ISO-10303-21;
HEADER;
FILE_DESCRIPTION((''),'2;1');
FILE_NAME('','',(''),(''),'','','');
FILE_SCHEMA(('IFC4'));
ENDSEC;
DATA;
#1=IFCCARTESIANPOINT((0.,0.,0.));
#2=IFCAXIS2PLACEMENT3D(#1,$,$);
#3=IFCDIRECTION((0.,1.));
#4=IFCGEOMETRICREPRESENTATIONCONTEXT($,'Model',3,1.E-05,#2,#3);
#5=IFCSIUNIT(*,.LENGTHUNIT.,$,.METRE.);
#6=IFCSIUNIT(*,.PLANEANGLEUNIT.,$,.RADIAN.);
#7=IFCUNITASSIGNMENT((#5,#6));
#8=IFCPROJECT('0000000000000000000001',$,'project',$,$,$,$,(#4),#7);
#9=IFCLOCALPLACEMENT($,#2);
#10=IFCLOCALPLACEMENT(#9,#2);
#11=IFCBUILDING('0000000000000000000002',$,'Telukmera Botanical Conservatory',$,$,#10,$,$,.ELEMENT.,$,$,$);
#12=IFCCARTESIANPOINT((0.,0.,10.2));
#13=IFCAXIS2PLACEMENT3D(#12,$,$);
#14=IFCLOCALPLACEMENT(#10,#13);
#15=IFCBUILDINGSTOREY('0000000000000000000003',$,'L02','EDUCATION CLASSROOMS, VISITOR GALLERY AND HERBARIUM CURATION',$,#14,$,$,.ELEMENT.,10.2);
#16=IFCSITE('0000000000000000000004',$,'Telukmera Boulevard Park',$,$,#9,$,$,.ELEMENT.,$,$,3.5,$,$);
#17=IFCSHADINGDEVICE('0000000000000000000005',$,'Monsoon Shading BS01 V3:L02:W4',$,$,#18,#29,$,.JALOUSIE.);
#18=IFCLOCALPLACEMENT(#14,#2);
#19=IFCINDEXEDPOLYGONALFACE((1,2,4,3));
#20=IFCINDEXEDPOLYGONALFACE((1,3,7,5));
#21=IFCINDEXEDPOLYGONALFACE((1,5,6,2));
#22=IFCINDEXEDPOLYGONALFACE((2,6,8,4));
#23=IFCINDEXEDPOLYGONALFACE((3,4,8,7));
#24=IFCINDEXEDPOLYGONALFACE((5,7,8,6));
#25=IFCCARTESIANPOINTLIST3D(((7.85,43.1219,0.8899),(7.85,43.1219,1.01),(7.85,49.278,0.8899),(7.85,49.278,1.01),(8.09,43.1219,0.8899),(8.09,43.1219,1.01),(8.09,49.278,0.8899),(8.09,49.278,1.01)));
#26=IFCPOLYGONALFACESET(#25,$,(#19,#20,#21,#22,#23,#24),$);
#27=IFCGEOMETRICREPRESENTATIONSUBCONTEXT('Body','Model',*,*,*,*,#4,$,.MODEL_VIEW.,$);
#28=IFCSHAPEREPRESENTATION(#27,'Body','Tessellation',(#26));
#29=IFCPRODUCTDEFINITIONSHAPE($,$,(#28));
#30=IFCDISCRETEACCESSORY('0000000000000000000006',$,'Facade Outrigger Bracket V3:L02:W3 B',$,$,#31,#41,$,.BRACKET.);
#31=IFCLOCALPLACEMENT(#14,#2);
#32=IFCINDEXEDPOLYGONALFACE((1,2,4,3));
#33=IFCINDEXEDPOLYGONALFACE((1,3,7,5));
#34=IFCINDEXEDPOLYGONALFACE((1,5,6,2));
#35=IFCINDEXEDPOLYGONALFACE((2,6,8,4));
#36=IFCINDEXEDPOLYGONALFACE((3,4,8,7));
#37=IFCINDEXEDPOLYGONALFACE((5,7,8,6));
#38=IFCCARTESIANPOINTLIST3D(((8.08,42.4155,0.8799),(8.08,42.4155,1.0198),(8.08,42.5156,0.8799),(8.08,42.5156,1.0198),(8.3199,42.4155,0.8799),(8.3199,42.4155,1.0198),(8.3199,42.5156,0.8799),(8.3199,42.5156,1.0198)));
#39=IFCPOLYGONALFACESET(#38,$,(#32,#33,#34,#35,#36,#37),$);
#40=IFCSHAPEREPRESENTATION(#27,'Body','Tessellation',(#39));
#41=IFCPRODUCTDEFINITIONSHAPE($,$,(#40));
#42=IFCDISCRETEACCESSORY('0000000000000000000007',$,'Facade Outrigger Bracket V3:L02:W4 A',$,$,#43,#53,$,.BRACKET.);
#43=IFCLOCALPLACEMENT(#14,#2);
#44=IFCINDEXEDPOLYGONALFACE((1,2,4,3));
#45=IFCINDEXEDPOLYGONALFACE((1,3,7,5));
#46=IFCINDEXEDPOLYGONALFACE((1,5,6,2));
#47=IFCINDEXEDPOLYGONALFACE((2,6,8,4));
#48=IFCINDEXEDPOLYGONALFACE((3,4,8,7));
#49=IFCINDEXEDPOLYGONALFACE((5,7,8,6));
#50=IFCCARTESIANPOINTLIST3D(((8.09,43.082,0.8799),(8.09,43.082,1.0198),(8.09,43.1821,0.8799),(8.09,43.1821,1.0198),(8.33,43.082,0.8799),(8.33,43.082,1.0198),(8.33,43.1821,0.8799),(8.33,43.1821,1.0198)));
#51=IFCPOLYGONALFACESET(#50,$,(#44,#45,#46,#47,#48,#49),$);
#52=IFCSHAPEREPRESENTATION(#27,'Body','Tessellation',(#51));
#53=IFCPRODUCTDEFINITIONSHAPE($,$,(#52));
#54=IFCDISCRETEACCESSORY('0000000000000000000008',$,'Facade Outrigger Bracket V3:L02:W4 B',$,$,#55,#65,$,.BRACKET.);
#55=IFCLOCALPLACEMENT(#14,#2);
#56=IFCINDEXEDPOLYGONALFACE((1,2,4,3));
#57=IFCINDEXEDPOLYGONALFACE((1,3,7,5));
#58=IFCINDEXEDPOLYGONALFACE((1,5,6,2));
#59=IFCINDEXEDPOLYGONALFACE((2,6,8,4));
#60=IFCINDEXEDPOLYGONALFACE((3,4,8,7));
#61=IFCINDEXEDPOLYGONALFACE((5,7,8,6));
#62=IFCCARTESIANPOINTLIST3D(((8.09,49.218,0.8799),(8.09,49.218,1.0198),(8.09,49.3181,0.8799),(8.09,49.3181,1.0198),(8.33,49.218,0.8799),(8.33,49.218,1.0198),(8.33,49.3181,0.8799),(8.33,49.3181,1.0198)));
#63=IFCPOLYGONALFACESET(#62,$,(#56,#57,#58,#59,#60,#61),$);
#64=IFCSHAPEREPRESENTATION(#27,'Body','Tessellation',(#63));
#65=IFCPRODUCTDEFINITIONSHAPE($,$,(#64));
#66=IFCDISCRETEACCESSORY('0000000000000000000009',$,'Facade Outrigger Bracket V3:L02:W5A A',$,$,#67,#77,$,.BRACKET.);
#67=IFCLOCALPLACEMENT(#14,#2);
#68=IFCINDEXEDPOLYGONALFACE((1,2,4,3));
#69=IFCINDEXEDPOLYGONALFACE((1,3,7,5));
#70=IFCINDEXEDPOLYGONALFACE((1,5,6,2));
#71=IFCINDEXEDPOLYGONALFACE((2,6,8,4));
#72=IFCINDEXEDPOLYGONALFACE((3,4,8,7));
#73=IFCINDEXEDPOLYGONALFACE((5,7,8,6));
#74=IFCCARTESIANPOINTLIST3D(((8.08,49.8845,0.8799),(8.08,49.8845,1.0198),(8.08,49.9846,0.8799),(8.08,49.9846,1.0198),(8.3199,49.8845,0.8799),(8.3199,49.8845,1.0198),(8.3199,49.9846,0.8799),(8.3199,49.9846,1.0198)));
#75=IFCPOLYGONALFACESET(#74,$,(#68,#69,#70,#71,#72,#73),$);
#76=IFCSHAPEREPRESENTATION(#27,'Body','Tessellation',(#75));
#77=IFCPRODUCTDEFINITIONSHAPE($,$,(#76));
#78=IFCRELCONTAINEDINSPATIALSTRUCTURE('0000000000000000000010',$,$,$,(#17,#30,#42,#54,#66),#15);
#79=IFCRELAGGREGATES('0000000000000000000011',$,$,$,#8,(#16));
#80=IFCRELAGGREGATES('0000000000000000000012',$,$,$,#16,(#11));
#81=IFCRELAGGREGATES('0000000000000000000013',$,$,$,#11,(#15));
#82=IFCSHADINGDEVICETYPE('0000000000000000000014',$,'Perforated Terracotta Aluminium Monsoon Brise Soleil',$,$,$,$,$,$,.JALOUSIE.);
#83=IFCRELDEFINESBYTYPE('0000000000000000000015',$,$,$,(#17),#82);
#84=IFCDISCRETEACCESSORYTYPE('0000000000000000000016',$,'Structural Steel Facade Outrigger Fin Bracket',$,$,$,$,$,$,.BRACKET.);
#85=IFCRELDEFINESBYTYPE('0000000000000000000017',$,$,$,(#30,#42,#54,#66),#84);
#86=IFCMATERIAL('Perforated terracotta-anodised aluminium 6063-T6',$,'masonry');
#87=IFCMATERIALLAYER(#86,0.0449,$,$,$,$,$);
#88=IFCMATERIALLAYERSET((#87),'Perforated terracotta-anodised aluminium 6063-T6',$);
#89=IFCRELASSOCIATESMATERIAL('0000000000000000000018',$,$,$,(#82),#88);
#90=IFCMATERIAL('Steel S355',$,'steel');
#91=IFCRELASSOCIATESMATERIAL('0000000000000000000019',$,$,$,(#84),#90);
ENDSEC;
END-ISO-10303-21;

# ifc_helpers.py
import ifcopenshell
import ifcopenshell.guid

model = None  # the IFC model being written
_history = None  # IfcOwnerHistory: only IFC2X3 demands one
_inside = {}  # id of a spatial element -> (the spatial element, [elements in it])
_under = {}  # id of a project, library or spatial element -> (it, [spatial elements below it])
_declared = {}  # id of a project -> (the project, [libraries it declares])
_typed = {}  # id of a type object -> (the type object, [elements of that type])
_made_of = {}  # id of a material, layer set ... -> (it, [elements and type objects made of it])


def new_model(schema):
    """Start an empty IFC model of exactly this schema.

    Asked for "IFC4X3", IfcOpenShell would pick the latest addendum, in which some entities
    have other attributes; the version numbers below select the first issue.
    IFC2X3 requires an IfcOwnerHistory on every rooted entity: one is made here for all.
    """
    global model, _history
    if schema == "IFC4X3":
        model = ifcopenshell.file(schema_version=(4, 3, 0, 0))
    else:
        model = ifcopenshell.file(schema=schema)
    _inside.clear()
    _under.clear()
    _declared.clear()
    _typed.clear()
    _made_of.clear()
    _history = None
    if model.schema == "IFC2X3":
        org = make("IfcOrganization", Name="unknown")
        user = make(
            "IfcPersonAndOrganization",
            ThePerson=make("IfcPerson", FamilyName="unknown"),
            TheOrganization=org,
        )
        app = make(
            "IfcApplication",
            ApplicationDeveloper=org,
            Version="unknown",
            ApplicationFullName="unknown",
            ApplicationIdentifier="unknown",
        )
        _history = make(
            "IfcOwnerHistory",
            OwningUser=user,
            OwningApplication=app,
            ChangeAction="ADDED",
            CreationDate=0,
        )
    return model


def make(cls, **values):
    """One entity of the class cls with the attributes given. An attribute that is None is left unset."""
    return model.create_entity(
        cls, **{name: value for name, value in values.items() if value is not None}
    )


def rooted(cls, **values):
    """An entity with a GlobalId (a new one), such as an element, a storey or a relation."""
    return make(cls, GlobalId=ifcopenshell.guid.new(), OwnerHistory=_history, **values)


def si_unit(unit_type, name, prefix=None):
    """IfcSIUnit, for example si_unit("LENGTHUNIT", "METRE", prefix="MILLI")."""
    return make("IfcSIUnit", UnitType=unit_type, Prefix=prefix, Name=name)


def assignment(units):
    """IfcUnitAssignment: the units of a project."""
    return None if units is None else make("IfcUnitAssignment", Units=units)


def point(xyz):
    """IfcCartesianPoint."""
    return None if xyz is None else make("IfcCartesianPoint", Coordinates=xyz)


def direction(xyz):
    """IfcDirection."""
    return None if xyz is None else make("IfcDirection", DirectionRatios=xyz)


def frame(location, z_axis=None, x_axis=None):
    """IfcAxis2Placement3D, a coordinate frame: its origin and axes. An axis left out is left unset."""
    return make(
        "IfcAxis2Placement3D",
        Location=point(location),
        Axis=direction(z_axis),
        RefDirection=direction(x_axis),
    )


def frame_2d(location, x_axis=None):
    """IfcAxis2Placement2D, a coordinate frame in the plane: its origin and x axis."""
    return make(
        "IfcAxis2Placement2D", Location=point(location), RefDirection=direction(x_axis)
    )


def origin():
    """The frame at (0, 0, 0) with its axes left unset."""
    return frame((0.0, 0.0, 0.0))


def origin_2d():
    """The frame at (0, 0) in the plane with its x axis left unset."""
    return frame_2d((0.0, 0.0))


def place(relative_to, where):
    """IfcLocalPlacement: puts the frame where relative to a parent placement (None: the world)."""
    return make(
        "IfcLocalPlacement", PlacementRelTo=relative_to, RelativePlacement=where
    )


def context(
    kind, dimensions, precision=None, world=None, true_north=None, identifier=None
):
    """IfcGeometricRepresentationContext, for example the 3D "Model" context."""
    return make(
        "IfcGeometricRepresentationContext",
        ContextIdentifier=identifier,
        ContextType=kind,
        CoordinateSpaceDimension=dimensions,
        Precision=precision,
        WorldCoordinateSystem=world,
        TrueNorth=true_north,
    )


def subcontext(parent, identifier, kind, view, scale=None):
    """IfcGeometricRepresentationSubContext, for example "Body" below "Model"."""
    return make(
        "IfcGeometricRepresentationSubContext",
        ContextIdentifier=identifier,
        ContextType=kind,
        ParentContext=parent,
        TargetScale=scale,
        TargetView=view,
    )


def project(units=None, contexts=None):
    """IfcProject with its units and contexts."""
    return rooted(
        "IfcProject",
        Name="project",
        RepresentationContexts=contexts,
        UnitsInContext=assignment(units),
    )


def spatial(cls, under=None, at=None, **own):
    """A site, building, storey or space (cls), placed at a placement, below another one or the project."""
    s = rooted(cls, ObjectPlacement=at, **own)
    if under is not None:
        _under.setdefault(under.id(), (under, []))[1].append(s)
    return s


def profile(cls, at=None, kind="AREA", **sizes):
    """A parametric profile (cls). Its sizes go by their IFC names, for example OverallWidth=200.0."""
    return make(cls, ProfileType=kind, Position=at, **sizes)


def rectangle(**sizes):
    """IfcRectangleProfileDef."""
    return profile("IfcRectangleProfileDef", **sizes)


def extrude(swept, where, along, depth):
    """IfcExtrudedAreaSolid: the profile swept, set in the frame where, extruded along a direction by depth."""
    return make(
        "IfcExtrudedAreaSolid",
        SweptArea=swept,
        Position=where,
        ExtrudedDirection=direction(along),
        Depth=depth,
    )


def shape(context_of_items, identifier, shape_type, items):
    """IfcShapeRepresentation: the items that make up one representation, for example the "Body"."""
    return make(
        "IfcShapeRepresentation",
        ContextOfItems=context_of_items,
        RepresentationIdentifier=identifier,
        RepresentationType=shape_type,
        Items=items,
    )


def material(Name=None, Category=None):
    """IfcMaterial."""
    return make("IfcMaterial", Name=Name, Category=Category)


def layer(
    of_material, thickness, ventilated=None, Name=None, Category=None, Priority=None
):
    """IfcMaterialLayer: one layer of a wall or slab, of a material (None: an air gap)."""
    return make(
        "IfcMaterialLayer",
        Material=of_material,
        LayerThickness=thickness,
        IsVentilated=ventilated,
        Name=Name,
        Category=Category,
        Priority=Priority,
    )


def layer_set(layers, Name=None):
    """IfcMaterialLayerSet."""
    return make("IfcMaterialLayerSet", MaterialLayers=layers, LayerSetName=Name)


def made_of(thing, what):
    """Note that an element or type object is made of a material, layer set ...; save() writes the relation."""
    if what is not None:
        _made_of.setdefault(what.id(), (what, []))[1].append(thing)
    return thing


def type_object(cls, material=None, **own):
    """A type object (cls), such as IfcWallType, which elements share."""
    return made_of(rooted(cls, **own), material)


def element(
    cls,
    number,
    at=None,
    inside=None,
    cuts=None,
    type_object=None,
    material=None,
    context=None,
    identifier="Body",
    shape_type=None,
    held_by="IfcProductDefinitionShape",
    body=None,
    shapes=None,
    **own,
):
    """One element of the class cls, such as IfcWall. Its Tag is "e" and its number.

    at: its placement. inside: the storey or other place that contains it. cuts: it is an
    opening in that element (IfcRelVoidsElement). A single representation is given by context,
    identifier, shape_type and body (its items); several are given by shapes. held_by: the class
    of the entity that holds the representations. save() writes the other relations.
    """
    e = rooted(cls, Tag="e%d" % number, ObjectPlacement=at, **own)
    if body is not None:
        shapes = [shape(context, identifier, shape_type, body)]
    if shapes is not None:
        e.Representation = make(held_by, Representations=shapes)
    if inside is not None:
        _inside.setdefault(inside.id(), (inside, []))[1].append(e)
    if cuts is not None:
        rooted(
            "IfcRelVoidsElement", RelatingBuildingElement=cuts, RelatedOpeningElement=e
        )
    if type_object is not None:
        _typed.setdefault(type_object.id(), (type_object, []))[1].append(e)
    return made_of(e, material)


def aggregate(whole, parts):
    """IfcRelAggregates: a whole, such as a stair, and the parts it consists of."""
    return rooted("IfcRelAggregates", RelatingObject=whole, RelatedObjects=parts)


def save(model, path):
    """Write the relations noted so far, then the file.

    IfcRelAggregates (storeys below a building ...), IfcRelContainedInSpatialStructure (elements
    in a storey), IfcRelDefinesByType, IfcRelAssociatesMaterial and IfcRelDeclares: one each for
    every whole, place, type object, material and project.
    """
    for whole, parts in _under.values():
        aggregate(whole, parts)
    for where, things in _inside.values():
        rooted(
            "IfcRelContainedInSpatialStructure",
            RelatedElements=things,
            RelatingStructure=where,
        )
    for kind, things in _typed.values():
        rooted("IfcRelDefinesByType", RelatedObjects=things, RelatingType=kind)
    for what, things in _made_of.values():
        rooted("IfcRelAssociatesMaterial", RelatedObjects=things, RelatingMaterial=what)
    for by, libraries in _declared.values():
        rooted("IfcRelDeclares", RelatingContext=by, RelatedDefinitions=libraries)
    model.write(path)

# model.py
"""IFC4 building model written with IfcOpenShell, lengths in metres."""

from ifc_helpers import new_model, si_unit, direction, frame, origin, origin_2d, place, context, subcontext, project, spatial, rectangle, extrude, material, layer, layer_set, type_object, element, save


model = new_model("IFC4")

# Units and contexts
model_context = context("Model", 3, precision=1e-05, world=origin(), true_north=direction((0.0, 1.0)))
body_context = subcontext(model_context, "Body", "Model", "MODEL_VIEW")
ifc_project = project(units=[si_unit("LENGTHUNIT", "METRE"), si_unit("PLANEANGLEUNIT", "RADIAN")], contexts=[model_context])

# Site, building, storey
site_placement = place(None, origin())
site = spatial("IfcSite", under=ifc_project, at=site_placement, Name="Telukmera Boulevard Park", CompositionType="ELEMENT", RefElevation=3.5)
building_placement = place(site_placement, origin())
building = spatial("IfcBuilding", under=site, at=building_placement, Name="Telukmera Botanical Conservatory", CompositionType="ELEMENT")
storey_placement = place(building_placement, frame((0.0, 0.0, 10.2)))
storey = spatial("IfcBuildingStorey", under=building, at=storey_placement, Name="L02", Description="EDUCATION CLASSROOMS, VISITOR GALLERY AND HERBARIUM CURATION", CompositionType="ELEMENT", Elevation=10.2)

# Shading device
ifc_material_1 = material(Name="Perforated terracotta-anodised aluminium 6063-T6", Category="masonry")
ifc_layer_1 = layer(ifc_material_1, 0.0449)
ifc_layer_set_1 = layer_set([ifc_layer_1], Name="Perforated terracotta-anodised aluminium 6063-T6")
shading_device_type = type_object("IfcShadingDeviceType", Name="Perforated Terracotta Aluminium Monsoon Brise Soleil", PredefinedType="JALOUSIE", material=ifc_layer_set_1)
shading_device_placement = place(storey_placement, frame((7.97, 46.2, 0.8899), z_axis=(0.0, 0.0, 1.0), x_axis=(0.0, 1.0, 0.0)))
element("IfcShadingDevice", 1, at=shading_device_placement, inside=storey, type_object=shading_device_type, Name="Monsoon Shading BS01 V3:L02:W4", PredefinedType="JALOUSIE", context=body_context, shape_type="SweptSolid", body=[
    extrude(rectangle(XDim=6.156, YDim=0.24, at=origin_2d()), origin(), (0.0, 0.0, 1.0), 0.1201),
])

# Discrete accessories
ifc_material_2 = material(Name="Steel S355", Category="steel")
discrete_accessory_type = type_object("IfcDiscreteAccessoryType", Name="Structural Steel Facade Outrigger Fin Bracket", PredefinedType="BRACKET", material=ifc_material_2)
for number, where, z_axis, x_axis, name in (
    (2, (8.2, 42.4656, 0.8799), (0.0, 0.0, 1.0), (0.0, 1.0, 0.0), "Facade Outrigger Bracket V3:L02:W3 B"),
    (3, (8.21, 43.1321, 0.8799), (0.0, 0.0, 1.0), (0.0, 1.0, 0.0), "Facade Outrigger Bracket V3:L02:W4 A"),
    (4, (8.21, 49.2681, 0.8799), (0.0, 0.0, 1.0), (0.0, 1.0, 0.0), "Facade Outrigger Bracket V3:L02:W4 B"),
    (5, (8.2, 49.9346, 0.8799), (0.0, 0.0, 1.0), (0.0, 1.0, 0.0), "Facade Outrigger Bracket V3:L02:W5A A"),
):
    element("IfcDiscreteAccessory", number, at=place(storey_placement, frame(where, z_axis=z_axis, x_axis=x_axis)), inside=storey, type_object=discrete_accessory_type, Name=name, PredefinedType="BRACKET", context=body_context, shape_type="SweptSolid", body=[
        extrude(rectangle(XDim=0.1001, YDim=0.24, at=origin_2d()), origin(), (0.0, 0.0, 1.0), 0.1399),
    ])

save(model, "model.ifc")
